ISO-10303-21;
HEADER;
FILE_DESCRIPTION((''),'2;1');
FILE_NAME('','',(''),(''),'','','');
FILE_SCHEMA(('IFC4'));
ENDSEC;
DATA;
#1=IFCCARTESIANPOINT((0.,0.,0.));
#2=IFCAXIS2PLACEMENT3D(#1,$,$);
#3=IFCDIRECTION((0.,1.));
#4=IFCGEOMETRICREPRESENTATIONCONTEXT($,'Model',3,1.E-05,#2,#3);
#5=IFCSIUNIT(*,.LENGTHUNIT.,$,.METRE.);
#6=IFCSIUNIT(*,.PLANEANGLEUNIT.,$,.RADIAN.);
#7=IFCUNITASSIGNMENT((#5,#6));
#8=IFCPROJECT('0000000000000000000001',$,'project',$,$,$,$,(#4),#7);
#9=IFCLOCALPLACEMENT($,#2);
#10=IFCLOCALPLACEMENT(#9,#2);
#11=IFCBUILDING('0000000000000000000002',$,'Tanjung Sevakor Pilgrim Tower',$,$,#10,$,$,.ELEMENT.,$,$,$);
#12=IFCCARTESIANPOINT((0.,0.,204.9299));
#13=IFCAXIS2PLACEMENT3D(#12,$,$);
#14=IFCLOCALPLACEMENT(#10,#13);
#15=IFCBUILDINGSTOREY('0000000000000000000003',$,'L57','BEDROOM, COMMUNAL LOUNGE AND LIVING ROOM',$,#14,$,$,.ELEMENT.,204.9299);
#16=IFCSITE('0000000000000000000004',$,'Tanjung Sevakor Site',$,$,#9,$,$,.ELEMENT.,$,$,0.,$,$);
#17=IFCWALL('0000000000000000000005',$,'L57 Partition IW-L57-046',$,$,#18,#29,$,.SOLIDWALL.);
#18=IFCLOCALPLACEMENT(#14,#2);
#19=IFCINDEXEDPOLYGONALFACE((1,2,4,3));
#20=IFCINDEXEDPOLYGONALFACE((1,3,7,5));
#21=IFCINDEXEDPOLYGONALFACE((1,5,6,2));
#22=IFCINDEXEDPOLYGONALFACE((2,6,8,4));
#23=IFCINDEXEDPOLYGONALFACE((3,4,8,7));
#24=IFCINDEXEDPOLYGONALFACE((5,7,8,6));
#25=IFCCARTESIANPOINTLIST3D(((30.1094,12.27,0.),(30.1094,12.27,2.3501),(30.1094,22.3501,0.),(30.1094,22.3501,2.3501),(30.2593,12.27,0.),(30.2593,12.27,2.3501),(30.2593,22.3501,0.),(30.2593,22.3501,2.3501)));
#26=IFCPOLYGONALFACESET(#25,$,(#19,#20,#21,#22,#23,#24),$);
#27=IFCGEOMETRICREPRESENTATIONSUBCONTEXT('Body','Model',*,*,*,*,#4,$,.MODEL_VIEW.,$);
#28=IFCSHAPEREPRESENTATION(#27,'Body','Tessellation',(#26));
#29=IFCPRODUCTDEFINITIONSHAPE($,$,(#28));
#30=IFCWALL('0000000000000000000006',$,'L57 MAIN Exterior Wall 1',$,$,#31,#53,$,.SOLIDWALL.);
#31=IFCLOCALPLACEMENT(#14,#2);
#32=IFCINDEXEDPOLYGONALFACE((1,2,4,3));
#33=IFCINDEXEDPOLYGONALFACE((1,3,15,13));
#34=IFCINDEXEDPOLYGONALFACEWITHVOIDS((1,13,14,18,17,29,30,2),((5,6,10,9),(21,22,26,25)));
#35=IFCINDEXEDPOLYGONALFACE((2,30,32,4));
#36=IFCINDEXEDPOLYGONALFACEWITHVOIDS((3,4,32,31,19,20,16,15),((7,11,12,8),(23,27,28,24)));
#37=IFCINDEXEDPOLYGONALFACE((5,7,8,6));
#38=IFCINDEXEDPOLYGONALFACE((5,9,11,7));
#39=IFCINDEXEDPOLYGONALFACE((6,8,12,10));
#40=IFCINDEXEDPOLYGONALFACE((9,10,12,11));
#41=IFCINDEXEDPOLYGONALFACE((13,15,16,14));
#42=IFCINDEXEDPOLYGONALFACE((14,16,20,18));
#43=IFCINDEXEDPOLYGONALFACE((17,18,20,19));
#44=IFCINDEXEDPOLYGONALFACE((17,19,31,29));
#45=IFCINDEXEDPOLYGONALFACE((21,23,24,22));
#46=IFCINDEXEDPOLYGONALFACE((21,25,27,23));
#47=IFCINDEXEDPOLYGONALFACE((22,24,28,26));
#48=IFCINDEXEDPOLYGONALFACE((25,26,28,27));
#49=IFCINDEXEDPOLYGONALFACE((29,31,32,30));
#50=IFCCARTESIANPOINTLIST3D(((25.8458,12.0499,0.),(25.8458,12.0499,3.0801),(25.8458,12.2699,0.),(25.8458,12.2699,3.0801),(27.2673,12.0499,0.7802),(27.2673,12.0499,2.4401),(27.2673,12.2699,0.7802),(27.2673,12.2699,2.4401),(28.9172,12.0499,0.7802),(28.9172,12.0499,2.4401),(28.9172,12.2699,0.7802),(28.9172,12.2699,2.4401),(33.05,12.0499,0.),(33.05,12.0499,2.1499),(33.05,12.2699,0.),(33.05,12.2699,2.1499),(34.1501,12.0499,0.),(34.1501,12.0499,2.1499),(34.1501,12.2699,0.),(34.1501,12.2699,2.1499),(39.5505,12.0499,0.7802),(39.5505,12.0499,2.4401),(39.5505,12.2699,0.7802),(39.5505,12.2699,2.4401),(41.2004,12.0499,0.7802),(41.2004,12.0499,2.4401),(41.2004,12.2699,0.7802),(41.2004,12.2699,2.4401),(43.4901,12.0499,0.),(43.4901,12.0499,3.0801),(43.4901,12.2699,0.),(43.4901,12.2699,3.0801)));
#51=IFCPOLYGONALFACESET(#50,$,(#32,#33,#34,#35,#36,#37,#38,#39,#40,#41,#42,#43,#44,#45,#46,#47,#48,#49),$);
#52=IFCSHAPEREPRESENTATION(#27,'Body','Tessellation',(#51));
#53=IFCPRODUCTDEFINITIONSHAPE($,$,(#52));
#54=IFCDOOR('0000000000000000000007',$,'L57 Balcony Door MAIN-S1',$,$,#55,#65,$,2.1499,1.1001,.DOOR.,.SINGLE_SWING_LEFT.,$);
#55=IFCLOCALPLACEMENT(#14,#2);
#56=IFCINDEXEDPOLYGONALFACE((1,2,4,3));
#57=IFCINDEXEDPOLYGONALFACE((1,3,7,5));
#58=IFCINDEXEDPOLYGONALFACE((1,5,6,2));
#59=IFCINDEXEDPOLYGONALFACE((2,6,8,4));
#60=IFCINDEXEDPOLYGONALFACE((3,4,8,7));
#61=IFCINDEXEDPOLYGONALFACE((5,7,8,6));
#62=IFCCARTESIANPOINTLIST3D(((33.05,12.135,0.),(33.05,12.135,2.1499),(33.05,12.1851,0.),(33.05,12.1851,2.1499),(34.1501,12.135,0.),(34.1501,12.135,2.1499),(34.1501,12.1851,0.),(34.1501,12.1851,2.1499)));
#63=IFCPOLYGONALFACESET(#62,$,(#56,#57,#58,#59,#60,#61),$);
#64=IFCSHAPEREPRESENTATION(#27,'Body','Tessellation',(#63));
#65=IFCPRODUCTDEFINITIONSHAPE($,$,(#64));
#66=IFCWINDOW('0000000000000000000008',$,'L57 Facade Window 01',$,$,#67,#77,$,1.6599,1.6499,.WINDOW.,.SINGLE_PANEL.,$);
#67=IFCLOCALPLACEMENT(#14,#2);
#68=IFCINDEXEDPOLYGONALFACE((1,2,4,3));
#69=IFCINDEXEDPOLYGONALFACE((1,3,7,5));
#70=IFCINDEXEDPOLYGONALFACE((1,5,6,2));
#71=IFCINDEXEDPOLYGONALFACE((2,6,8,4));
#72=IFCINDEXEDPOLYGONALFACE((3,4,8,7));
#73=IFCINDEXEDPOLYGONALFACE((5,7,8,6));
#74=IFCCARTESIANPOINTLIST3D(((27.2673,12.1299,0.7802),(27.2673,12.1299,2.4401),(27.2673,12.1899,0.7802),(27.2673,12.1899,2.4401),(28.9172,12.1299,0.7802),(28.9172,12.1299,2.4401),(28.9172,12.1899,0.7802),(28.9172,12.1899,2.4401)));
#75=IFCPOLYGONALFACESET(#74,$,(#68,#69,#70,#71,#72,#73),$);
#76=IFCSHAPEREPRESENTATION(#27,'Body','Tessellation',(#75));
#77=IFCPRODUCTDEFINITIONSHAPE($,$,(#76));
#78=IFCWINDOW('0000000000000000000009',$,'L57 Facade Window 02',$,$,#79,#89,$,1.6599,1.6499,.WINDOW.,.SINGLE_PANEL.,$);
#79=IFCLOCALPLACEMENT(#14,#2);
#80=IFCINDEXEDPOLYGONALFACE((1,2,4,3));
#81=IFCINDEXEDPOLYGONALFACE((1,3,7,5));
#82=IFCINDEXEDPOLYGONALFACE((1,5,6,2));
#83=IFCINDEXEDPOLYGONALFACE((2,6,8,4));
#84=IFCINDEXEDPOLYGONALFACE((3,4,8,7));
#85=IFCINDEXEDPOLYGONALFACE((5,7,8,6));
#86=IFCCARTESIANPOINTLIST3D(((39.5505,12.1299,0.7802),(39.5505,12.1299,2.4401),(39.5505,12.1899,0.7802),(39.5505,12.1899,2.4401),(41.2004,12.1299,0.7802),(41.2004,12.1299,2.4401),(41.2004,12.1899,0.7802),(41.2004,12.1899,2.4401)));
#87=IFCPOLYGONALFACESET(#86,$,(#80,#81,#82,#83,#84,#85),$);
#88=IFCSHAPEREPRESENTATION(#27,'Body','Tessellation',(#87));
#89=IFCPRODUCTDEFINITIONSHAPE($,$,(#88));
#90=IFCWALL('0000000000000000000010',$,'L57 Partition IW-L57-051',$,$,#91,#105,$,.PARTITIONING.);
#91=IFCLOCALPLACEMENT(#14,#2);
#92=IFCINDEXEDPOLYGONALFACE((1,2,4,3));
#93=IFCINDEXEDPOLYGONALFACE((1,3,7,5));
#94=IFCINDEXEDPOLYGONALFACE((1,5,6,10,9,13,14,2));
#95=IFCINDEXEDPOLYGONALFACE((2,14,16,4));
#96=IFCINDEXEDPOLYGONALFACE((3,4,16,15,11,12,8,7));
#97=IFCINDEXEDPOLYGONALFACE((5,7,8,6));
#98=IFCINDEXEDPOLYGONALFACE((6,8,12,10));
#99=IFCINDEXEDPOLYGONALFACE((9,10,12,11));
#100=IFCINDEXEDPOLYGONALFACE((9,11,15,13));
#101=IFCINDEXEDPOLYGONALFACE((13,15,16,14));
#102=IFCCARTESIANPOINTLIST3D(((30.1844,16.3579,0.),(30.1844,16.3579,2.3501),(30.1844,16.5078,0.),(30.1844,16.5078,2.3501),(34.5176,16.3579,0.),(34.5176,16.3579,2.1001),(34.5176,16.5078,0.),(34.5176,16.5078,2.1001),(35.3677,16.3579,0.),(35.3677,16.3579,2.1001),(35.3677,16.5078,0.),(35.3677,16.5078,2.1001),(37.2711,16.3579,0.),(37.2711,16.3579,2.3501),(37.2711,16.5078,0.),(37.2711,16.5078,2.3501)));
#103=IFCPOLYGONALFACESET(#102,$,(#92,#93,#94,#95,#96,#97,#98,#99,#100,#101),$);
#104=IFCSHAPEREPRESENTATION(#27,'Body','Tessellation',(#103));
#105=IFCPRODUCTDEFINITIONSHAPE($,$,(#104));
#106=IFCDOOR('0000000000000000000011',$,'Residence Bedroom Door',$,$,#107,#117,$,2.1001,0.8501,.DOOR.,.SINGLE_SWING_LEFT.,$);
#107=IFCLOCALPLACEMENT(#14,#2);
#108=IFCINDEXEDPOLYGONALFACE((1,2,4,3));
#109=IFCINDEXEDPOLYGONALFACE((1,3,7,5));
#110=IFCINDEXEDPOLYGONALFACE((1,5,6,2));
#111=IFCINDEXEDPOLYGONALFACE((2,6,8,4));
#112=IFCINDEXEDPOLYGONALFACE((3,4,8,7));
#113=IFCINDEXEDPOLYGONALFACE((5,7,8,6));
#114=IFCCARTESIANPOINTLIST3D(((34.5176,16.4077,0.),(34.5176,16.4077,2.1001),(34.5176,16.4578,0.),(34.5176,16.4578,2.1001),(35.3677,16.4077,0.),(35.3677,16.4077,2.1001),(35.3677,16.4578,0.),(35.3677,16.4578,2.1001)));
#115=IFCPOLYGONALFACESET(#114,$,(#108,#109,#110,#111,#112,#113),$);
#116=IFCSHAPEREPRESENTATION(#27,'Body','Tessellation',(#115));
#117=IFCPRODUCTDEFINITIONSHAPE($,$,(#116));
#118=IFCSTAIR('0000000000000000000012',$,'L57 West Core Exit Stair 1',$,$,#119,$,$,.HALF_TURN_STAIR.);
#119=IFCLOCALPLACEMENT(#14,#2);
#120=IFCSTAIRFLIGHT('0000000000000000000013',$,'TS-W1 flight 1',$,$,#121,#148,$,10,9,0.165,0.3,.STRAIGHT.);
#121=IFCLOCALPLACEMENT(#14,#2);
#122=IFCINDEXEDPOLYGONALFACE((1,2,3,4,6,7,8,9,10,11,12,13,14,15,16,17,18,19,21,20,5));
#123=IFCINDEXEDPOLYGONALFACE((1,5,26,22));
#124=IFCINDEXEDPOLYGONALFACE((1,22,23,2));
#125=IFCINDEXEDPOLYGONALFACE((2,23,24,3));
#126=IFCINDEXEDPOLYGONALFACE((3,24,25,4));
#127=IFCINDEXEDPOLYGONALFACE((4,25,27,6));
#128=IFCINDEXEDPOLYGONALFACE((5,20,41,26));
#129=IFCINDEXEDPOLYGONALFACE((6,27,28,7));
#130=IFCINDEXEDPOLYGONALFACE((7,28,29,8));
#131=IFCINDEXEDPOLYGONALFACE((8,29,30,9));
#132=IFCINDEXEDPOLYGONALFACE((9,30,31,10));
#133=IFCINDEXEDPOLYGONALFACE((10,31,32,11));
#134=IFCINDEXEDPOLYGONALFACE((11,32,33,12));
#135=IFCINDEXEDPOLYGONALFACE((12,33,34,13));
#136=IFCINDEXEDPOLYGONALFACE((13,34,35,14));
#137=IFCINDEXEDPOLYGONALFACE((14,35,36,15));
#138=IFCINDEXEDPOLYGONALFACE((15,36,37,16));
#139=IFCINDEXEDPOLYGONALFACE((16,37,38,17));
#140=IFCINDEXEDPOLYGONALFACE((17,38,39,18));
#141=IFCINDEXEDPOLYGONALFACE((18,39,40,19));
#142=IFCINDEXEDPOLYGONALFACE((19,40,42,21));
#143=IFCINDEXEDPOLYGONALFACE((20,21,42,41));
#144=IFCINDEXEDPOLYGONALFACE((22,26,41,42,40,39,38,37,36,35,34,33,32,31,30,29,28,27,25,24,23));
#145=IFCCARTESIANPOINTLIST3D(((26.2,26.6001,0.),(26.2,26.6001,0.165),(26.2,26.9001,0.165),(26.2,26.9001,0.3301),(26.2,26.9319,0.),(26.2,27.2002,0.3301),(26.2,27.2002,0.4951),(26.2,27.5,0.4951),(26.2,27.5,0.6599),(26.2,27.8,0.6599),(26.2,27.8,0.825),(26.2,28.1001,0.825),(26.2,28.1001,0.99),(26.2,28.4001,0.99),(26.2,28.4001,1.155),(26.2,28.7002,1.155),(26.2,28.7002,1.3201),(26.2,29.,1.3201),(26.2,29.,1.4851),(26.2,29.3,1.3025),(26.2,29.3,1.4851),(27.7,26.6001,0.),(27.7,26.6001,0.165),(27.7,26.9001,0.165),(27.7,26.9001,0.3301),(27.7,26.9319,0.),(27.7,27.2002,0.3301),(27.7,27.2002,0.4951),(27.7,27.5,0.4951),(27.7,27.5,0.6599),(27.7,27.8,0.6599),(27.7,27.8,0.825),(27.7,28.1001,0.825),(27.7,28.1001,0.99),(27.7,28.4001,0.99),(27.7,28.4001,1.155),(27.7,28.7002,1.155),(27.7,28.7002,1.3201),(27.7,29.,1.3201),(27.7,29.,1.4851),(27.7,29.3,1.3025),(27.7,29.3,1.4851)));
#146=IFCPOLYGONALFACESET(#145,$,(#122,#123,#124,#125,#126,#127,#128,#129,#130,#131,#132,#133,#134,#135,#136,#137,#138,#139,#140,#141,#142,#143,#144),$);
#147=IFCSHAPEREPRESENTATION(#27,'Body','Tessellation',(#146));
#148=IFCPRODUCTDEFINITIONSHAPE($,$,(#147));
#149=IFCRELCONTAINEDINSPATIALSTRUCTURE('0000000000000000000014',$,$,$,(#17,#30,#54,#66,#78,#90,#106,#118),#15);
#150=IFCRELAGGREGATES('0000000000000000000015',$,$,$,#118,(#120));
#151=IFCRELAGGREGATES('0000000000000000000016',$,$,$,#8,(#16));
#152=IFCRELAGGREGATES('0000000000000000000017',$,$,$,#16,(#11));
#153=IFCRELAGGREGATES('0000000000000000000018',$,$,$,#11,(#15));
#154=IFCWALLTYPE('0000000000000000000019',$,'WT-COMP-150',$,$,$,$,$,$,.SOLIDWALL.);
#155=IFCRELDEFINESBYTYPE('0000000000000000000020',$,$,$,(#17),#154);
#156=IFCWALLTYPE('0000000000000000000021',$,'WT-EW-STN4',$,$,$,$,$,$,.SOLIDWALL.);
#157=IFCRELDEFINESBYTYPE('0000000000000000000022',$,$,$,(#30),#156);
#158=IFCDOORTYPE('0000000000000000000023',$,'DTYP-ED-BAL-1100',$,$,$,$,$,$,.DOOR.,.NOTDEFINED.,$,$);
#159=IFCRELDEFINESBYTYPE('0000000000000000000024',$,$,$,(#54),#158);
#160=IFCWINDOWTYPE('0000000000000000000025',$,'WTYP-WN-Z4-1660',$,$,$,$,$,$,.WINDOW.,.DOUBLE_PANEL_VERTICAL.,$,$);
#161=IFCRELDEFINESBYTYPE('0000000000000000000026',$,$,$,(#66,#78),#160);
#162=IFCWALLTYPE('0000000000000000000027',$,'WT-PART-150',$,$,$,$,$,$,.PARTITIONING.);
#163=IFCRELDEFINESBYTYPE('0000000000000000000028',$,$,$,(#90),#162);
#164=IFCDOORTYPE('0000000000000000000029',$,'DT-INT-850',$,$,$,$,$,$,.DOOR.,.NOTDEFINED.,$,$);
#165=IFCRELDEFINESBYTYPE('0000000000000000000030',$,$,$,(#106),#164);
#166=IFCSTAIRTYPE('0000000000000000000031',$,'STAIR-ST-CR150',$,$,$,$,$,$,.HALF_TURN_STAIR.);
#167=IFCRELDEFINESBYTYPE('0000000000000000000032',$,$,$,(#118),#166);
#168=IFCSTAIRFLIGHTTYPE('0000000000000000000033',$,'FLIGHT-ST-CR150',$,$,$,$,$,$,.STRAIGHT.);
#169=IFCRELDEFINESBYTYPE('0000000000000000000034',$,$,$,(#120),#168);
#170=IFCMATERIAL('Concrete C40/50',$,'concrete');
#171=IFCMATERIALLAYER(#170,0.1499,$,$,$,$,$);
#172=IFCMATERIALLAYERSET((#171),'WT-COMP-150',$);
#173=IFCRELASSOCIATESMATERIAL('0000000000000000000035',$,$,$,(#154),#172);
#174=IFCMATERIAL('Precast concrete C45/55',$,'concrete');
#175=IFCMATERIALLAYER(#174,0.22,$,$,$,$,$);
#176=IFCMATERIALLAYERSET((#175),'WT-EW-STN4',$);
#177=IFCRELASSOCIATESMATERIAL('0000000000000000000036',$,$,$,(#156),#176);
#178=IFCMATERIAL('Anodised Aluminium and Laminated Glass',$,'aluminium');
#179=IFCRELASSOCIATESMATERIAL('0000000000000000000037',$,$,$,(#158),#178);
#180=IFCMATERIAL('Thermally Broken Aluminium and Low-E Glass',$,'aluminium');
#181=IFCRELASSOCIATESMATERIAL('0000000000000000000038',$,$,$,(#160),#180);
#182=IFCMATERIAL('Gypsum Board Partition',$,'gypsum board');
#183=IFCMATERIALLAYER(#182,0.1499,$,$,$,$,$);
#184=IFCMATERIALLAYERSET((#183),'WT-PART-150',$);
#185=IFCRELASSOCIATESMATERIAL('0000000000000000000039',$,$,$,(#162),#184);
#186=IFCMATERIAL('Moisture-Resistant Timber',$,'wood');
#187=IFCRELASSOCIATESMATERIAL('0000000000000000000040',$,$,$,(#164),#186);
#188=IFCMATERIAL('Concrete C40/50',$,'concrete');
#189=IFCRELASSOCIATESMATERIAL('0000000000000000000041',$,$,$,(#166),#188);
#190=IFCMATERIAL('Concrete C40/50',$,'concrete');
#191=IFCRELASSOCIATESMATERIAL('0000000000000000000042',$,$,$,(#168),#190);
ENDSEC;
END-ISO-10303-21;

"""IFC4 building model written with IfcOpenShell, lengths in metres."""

from ifc_helpers import new_model, si_unit, direction, frame, frame_2d, origin, place, context, subcontext, project, spatial, polyline, rectangle, outline, extrude, material, layer, layer_set, type_object, element, fill, aggregate, save


model = new_model("IFC4")

# Units and contexts
model_context = context("Model", 3, precision=1e-05, world=origin(), true_north=direction((0.0, 1.0)))
body_context = subcontext(model_context, "Body", "Model", "MODEL_VIEW")
ifc_project = project(units=[si_unit("LENGTHUNIT", "METRE"), si_unit("PLANEANGLEUNIT", "RADIAN")], contexts=[model_context])

# Site, building, storey
site_placement = place(None, origin())
site = spatial("IfcSite", under=ifc_project, at=site_placement, Name="Tanjung Sevakor Site", CompositionType="ELEMENT", RefElevation=0.0)
building_placement = place(site_placement, origin())
building = spatial("IfcBuilding", under=site, at=building_placement, Name="Tanjung Sevakor Pilgrim Tower", CompositionType="ELEMENT")
storey_placement = place(building_placement, frame((0.0, 0.0, 204.9299)))
storey = spatial("IfcBuildingStorey", under=building, at=storey_placement, Name="L57", Description="BEDROOM, COMMUNAL LOUNGE AND LIVING ROOM", CompositionType="ELEMENT", Elevation=204.9299)

# Wall
ifc_material_1 = material(Name="Concrete C40/50", Category="concrete")
ifc_layer_1 = layer(ifc_material_1, 0.1499)
ifc_layer_set_1 = layer_set([ifc_layer_1], Name="WT-COMP-150")
wall_type_1 = type_object("IfcWallType", Name="WT-COMP-150", PredefinedType="SOLIDWALL", material=ifc_layer_set_1)
for number, where, z_axis, x_axis, name in (
    (1, (30.1843, 12.27, 0.0), (0.0, 0.0, 1.0), (0.0, 1.0, 0.0), "L57 Partition IW-L57-046"),
):
    element("IfcWall", number, at=place(storey_placement, frame(where, z_axis=z_axis, x_axis=x_axis)), inside=storey, type_object=wall_type_1, Name=name, PredefinedType="SOLIDWALL", context=body_context, shape_type="SweptSolid", body=[
        extrude(rectangle(XDim=10.0801, YDim=0.1499, at=frame_2d((5.04, 0.0))), origin(), (0.0, 0.0, 1.0), 2.3501),
    ])

# Wall, openings, door, windows
ifc_material_2 = material(Name="Precast concrete C45/55", Category="concrete")
ifc_layer_2 = layer(ifc_material_2, 0.22)
ifc_layer_set_2 = layer_set([ifc_layer_2], Name="WT-EW-STN4")
wall_type_2 = type_object("IfcWallType", Name="WT-EW-STN4", PredefinedType="SOLIDWALL", material=ifc_layer_set_2)
wall_1_placement = place(storey_placement, frame((25.8457, 12.1599, 0.0), z_axis=(0.0, 0.0, 1.0), x_axis=(1.0, 0.0, 0.0)))
wall_1 = element("IfcWall", 2, at=wall_1_placement, inside=storey, type_object=wall_type_2, Name="L57 MAIN Exterior Wall 1", PredefinedType="SOLIDWALL", context=body_context, shape_type="SweptSolid", body=[
    extrude(rectangle(XDim=17.6443, YDim=0.22, at=frame_2d((8.8223, 0.0))), origin(), (0.0, 0.0, 1.0), 3.0801),
])
opening_1_placement = place(wall_1_placement, frame((7.2043, 0.0, 0.0)))
opening_1 = element("IfcOpeningElement", 3, at=opening_1_placement, cuts=wall_1, PredefinedType="OPENING", context=body_context, shape_type="SweptSolid", body=[
    extrude(rectangle(XDim=1.1001, YDim=2.1499, at=frame_2d((0.55, 1.075))), frame((0.0, 0.1199, 0.0), z_axis=(0.0, -1.0, 0.0), x_axis=(1.0, 0.0, 0.0)), (0.0, 0.0, 1.0), 0.24),
])
opening_2_placement = place(wall_1_placement, frame((1.4216, 0.0, 0.78)))
opening_2 = element("IfcOpeningElement", 4, at=opening_2_placement, cuts=wall_1, PredefinedType="OPENING", context=body_context, shape_type="SweptSolid", body=[
    extrude(rectangle(XDim=1.6499, YDim=1.6599, at=frame_2d((0.825, 0.8301))), frame((0.0, 0.1199, 0.0), z_axis=(0.0, -1.0, 0.0), x_axis=(1.0, 0.0, 0.0)), (0.0, 0.0, 1.0), 0.24),
])
opening_3_placement = place(wall_1_placement, frame((13.7048, 0.0, 0.78)))
opening_3 = element("IfcOpeningElement", 5, at=opening_3_placement, cuts=wall_1, PredefinedType="OPENING", context=body_context, shape_type="SweptSolid", body=[
    extrude(rectangle(XDim=1.6499, YDim=1.6599, at=frame_2d((0.825, 0.8301))), frame((0.0, 0.1199, 0.0), z_axis=(0.0, -1.0, 0.0), x_axis=(1.0, 0.0, 0.0)), (0.0, 0.0, 1.0), 0.24),
])
ifc_material_3 = material(Name="Anodised Aluminium and Laminated Glass", Category="aluminium")
door_type_1 = type_object("IfcDoorType", Name="DTYP-ED-BAL-1100", OperationType="NOTDEFINED", PredefinedType="DOOR", material=ifc_material_3)
door_1_placement = place(opening_1_placement, frame((1.1001, 0.0, 0.0), z_axis=(0.0, 0.0, 1.0), x_axis=(-1.0, 0.0, 0.0)))
door_1 = element("IfcDoor", 6, at=door_1_placement, inside=storey, type_object=door_type_1, Name="L57 Balcony Door MAIN-S1", OperationType="SINGLE_SWING_LEFT", OverallHeight=2.1499, OverallWidth=1.1001, PredefinedType="DOOR", context=body_context, shape_type="SweptSolid", body=[
    extrude(rectangle(XDim=1.1001, YDim=2.1499, at=frame_2d((0.55, 1.075))), frame((0.0, 0.0249, 0.0), z_axis=(0.0, -1.0, 0.0), x_axis=(1.0, 0.0, 0.0)), (0.0, 0.0, 1.0), 0.05),
])
fill(opening_1, door_1)
ifc_material_4 = material(Name="Thermally Broken Aluminium and Low-E Glass", Category="aluminium")
window_type = type_object("IfcWindowType", Name="WTYP-WN-Z4-1660", PartitioningType="DOUBLE_PANEL_VERTICAL", PredefinedType="WINDOW", material=ifc_material_4)
window_1_placement = place(opening_2_placement, origin())
window_1 = element("IfcWindow", 7, at=window_1_placement, inside=storey, type_object=window_type, Name="L57 Facade Window 01", OverallHeight=1.6599, OverallWidth=1.6499, PartitioningType="SINGLE_PANEL", PredefinedType="WINDOW", context=body_context, shape_type="SweptSolid", body=[
    extrude(rectangle(XDim=1.6499, YDim=1.6599, at=frame_2d((0.825, 0.8301))), frame((0.0, 0.03, 0.0), z_axis=(0.0, -1.0, 0.0), x_axis=(1.0, 0.0, 0.0)), (0.0, 0.0, 1.0), 0.0601),
])
fill(opening_2, window_1)
window_2_placement = place(opening_3_placement, origin())
window_2 = element("IfcWindow", 8, at=window_2_placement, inside=storey, type_object=window_type, Name="L57 Facade Window 02", OverallHeight=1.6599, OverallWidth=1.6499, PartitioningType="SINGLE_PANEL", PredefinedType="WINDOW", context=body_context, shape_type="SweptSolid", body=[
    extrude(rectangle(XDim=1.6499, YDim=1.6599, at=frame_2d((0.825, 0.8301))), frame((0.0, 0.03, 0.0), z_axis=(0.0, -1.0, 0.0), x_axis=(1.0, 0.0, 0.0)), (0.0, 0.0, 1.0), 0.0601),
])
fill(opening_3, window_2)

# Wall, opening, door
ifc_material_5 = material(Name="Gypsum Board Partition", Category="gypsum board")
ifc_layer_3 = layer(ifc_material_5, 0.1499)
ifc_layer_set_3 = layer_set([ifc_layer_3], Name="WT-PART-150")
wall_type_3 = type_object("IfcWallType", Name="WT-PART-150", PredefinedType="PARTITIONING", material=ifc_layer_set_3)
wall_2_placement = place(storey_placement, frame((30.1843, 16.4329, 0.0), z_axis=(0.0, 0.0, 1.0), x_axis=(1.0, 0.0, 0.0)))
wall_2 = element("IfcWall", 9, at=wall_2_placement, inside=storey, type_object=wall_type_3, Name="L57 Partition IW-L57-051", PredefinedType="PARTITIONING", context=body_context, shape_type="SweptSolid", body=[
    extrude(rectangle(XDim=7.0867, YDim=0.1499, at=frame_2d((3.5435, 0.0))), origin(), (0.0, 0.0, 1.0), 2.3501),
])
opening_4_placement = place(wall_2_placement, frame((4.3333, 0.0, 0.0)))
opening_4 = element("IfcOpeningElement", 10, at=opening_4_placement, cuts=wall_2, PredefinedType="OPENING", context=body_context, shape_type="SweptSolid", body=[
    extrude(rectangle(XDim=0.8501, YDim=2.1001, at=frame_2d((0.425, 1.05))), frame((0.0, 0.085, 0.0), z_axis=(0.0, -1.0, 0.0), x_axis=(1.0, 0.0, 0.0)), (0.0, 0.0, 1.0), 0.1699),
])
ifc_material_6 = material(Name="Moisture-Resistant Timber", Category="wood")
door_type_2 = type_object("IfcDoorType", Name="DT-INT-850", OperationType="NOTDEFINED", PredefinedType="DOOR", material=ifc_material_6)
door_2_placement = place(opening_4_placement, origin())
door_2 = element("IfcDoor", 11, at=door_2_placement, inside=storey, type_object=door_type_2, Name="Residence Bedroom Door", OperationType="SINGLE_SWING_LEFT", OverallHeight=2.1001, OverallWidth=0.8501, PredefinedType="DOOR", context=body_context, shape_type="SweptSolid", body=[
    extrude(rectangle(XDim=0.8501, YDim=2.1001, at=frame_2d((0.425, 1.05))), frame((0.0, 0.0249, 0.0), z_axis=(0.0, -1.0, 0.0), x_axis=(1.0, 0.0, 0.0)), (0.0, 0.0, 1.0), 0.05),
])
fill(opening_4, door_2)

# Stair, stair flight
ifc_material_7 = material(Name="Concrete C40/50", Category="concrete")
stair_type = type_object("IfcStairType", Name="STAIR-ST-CR150", PredefinedType="HALF_TURN_STAIR", material=ifc_material_7)
stair_placement = place(storey_placement, origin())
stair = element("IfcStair", 12, at=stair_placement, inside=storey, type_object=stair_type, Name="L57 West Core Exit Stair 1", PredefinedType="HALF_TURN_STAIR")
ifc_material_8 = material(Name="Concrete C40/50", Category="concrete")
stair_flight_type = type_object("IfcStairFlightType", Name="FLIGHT-ST-CR150", PredefinedType="STRAIGHT", material=ifc_material_8)
stair_flight_1_placement = place(storey_placement, frame((26.95, 26.6001, 0.0), z_axis=(0.0, 0.0, 1.0), x_axis=(0.0, 1.0, 0.0)))
stair_flight_1 = element("IfcStairFlight", 13, at=stair_flight_1_placement, type_object=stair_flight_type, Name="TS-W1 flight 1", NumberOfRisers=10, NumberOfTreads=9, PredefinedType="STRAIGHT", RiserHeight=0.165, TreadLength=0.3, context=body_context, shape_type="SweptSolid", body=[
    extrude(outline(polyline([(0.0, 0.0), (0.0, 0.165), (0.3, 0.165), (0.3, 0.3301), (0.6001, 0.3301), (0.6001, 0.4951), (0.8999, 0.4951), (0.8999, 0.6599), (1.2, 0.6599), (1.2, 0.825), (1.5, 0.825), (1.5, 0.99), (1.8, 0.99), (1.8, 1.155), (2.1001, 1.155), (2.1001, 1.3201), (2.3999, 1.3201), (2.3999, 1.4851), (2.7, 1.4851), (2.7, 1.6499), (2.7, 1.3025), (0.3318, 0.0), (0.0, 0.0)])), frame((0.0, 0.75, 0.0), z_axis=(0.0, -1.0, 0.0), x_axis=(1.0, 0.0, 0.0)), (0.0, 0.0, 1.0), 1.5),
])
aggregate(stair, [stair_flight_1])

save(model, "model.ifc")
